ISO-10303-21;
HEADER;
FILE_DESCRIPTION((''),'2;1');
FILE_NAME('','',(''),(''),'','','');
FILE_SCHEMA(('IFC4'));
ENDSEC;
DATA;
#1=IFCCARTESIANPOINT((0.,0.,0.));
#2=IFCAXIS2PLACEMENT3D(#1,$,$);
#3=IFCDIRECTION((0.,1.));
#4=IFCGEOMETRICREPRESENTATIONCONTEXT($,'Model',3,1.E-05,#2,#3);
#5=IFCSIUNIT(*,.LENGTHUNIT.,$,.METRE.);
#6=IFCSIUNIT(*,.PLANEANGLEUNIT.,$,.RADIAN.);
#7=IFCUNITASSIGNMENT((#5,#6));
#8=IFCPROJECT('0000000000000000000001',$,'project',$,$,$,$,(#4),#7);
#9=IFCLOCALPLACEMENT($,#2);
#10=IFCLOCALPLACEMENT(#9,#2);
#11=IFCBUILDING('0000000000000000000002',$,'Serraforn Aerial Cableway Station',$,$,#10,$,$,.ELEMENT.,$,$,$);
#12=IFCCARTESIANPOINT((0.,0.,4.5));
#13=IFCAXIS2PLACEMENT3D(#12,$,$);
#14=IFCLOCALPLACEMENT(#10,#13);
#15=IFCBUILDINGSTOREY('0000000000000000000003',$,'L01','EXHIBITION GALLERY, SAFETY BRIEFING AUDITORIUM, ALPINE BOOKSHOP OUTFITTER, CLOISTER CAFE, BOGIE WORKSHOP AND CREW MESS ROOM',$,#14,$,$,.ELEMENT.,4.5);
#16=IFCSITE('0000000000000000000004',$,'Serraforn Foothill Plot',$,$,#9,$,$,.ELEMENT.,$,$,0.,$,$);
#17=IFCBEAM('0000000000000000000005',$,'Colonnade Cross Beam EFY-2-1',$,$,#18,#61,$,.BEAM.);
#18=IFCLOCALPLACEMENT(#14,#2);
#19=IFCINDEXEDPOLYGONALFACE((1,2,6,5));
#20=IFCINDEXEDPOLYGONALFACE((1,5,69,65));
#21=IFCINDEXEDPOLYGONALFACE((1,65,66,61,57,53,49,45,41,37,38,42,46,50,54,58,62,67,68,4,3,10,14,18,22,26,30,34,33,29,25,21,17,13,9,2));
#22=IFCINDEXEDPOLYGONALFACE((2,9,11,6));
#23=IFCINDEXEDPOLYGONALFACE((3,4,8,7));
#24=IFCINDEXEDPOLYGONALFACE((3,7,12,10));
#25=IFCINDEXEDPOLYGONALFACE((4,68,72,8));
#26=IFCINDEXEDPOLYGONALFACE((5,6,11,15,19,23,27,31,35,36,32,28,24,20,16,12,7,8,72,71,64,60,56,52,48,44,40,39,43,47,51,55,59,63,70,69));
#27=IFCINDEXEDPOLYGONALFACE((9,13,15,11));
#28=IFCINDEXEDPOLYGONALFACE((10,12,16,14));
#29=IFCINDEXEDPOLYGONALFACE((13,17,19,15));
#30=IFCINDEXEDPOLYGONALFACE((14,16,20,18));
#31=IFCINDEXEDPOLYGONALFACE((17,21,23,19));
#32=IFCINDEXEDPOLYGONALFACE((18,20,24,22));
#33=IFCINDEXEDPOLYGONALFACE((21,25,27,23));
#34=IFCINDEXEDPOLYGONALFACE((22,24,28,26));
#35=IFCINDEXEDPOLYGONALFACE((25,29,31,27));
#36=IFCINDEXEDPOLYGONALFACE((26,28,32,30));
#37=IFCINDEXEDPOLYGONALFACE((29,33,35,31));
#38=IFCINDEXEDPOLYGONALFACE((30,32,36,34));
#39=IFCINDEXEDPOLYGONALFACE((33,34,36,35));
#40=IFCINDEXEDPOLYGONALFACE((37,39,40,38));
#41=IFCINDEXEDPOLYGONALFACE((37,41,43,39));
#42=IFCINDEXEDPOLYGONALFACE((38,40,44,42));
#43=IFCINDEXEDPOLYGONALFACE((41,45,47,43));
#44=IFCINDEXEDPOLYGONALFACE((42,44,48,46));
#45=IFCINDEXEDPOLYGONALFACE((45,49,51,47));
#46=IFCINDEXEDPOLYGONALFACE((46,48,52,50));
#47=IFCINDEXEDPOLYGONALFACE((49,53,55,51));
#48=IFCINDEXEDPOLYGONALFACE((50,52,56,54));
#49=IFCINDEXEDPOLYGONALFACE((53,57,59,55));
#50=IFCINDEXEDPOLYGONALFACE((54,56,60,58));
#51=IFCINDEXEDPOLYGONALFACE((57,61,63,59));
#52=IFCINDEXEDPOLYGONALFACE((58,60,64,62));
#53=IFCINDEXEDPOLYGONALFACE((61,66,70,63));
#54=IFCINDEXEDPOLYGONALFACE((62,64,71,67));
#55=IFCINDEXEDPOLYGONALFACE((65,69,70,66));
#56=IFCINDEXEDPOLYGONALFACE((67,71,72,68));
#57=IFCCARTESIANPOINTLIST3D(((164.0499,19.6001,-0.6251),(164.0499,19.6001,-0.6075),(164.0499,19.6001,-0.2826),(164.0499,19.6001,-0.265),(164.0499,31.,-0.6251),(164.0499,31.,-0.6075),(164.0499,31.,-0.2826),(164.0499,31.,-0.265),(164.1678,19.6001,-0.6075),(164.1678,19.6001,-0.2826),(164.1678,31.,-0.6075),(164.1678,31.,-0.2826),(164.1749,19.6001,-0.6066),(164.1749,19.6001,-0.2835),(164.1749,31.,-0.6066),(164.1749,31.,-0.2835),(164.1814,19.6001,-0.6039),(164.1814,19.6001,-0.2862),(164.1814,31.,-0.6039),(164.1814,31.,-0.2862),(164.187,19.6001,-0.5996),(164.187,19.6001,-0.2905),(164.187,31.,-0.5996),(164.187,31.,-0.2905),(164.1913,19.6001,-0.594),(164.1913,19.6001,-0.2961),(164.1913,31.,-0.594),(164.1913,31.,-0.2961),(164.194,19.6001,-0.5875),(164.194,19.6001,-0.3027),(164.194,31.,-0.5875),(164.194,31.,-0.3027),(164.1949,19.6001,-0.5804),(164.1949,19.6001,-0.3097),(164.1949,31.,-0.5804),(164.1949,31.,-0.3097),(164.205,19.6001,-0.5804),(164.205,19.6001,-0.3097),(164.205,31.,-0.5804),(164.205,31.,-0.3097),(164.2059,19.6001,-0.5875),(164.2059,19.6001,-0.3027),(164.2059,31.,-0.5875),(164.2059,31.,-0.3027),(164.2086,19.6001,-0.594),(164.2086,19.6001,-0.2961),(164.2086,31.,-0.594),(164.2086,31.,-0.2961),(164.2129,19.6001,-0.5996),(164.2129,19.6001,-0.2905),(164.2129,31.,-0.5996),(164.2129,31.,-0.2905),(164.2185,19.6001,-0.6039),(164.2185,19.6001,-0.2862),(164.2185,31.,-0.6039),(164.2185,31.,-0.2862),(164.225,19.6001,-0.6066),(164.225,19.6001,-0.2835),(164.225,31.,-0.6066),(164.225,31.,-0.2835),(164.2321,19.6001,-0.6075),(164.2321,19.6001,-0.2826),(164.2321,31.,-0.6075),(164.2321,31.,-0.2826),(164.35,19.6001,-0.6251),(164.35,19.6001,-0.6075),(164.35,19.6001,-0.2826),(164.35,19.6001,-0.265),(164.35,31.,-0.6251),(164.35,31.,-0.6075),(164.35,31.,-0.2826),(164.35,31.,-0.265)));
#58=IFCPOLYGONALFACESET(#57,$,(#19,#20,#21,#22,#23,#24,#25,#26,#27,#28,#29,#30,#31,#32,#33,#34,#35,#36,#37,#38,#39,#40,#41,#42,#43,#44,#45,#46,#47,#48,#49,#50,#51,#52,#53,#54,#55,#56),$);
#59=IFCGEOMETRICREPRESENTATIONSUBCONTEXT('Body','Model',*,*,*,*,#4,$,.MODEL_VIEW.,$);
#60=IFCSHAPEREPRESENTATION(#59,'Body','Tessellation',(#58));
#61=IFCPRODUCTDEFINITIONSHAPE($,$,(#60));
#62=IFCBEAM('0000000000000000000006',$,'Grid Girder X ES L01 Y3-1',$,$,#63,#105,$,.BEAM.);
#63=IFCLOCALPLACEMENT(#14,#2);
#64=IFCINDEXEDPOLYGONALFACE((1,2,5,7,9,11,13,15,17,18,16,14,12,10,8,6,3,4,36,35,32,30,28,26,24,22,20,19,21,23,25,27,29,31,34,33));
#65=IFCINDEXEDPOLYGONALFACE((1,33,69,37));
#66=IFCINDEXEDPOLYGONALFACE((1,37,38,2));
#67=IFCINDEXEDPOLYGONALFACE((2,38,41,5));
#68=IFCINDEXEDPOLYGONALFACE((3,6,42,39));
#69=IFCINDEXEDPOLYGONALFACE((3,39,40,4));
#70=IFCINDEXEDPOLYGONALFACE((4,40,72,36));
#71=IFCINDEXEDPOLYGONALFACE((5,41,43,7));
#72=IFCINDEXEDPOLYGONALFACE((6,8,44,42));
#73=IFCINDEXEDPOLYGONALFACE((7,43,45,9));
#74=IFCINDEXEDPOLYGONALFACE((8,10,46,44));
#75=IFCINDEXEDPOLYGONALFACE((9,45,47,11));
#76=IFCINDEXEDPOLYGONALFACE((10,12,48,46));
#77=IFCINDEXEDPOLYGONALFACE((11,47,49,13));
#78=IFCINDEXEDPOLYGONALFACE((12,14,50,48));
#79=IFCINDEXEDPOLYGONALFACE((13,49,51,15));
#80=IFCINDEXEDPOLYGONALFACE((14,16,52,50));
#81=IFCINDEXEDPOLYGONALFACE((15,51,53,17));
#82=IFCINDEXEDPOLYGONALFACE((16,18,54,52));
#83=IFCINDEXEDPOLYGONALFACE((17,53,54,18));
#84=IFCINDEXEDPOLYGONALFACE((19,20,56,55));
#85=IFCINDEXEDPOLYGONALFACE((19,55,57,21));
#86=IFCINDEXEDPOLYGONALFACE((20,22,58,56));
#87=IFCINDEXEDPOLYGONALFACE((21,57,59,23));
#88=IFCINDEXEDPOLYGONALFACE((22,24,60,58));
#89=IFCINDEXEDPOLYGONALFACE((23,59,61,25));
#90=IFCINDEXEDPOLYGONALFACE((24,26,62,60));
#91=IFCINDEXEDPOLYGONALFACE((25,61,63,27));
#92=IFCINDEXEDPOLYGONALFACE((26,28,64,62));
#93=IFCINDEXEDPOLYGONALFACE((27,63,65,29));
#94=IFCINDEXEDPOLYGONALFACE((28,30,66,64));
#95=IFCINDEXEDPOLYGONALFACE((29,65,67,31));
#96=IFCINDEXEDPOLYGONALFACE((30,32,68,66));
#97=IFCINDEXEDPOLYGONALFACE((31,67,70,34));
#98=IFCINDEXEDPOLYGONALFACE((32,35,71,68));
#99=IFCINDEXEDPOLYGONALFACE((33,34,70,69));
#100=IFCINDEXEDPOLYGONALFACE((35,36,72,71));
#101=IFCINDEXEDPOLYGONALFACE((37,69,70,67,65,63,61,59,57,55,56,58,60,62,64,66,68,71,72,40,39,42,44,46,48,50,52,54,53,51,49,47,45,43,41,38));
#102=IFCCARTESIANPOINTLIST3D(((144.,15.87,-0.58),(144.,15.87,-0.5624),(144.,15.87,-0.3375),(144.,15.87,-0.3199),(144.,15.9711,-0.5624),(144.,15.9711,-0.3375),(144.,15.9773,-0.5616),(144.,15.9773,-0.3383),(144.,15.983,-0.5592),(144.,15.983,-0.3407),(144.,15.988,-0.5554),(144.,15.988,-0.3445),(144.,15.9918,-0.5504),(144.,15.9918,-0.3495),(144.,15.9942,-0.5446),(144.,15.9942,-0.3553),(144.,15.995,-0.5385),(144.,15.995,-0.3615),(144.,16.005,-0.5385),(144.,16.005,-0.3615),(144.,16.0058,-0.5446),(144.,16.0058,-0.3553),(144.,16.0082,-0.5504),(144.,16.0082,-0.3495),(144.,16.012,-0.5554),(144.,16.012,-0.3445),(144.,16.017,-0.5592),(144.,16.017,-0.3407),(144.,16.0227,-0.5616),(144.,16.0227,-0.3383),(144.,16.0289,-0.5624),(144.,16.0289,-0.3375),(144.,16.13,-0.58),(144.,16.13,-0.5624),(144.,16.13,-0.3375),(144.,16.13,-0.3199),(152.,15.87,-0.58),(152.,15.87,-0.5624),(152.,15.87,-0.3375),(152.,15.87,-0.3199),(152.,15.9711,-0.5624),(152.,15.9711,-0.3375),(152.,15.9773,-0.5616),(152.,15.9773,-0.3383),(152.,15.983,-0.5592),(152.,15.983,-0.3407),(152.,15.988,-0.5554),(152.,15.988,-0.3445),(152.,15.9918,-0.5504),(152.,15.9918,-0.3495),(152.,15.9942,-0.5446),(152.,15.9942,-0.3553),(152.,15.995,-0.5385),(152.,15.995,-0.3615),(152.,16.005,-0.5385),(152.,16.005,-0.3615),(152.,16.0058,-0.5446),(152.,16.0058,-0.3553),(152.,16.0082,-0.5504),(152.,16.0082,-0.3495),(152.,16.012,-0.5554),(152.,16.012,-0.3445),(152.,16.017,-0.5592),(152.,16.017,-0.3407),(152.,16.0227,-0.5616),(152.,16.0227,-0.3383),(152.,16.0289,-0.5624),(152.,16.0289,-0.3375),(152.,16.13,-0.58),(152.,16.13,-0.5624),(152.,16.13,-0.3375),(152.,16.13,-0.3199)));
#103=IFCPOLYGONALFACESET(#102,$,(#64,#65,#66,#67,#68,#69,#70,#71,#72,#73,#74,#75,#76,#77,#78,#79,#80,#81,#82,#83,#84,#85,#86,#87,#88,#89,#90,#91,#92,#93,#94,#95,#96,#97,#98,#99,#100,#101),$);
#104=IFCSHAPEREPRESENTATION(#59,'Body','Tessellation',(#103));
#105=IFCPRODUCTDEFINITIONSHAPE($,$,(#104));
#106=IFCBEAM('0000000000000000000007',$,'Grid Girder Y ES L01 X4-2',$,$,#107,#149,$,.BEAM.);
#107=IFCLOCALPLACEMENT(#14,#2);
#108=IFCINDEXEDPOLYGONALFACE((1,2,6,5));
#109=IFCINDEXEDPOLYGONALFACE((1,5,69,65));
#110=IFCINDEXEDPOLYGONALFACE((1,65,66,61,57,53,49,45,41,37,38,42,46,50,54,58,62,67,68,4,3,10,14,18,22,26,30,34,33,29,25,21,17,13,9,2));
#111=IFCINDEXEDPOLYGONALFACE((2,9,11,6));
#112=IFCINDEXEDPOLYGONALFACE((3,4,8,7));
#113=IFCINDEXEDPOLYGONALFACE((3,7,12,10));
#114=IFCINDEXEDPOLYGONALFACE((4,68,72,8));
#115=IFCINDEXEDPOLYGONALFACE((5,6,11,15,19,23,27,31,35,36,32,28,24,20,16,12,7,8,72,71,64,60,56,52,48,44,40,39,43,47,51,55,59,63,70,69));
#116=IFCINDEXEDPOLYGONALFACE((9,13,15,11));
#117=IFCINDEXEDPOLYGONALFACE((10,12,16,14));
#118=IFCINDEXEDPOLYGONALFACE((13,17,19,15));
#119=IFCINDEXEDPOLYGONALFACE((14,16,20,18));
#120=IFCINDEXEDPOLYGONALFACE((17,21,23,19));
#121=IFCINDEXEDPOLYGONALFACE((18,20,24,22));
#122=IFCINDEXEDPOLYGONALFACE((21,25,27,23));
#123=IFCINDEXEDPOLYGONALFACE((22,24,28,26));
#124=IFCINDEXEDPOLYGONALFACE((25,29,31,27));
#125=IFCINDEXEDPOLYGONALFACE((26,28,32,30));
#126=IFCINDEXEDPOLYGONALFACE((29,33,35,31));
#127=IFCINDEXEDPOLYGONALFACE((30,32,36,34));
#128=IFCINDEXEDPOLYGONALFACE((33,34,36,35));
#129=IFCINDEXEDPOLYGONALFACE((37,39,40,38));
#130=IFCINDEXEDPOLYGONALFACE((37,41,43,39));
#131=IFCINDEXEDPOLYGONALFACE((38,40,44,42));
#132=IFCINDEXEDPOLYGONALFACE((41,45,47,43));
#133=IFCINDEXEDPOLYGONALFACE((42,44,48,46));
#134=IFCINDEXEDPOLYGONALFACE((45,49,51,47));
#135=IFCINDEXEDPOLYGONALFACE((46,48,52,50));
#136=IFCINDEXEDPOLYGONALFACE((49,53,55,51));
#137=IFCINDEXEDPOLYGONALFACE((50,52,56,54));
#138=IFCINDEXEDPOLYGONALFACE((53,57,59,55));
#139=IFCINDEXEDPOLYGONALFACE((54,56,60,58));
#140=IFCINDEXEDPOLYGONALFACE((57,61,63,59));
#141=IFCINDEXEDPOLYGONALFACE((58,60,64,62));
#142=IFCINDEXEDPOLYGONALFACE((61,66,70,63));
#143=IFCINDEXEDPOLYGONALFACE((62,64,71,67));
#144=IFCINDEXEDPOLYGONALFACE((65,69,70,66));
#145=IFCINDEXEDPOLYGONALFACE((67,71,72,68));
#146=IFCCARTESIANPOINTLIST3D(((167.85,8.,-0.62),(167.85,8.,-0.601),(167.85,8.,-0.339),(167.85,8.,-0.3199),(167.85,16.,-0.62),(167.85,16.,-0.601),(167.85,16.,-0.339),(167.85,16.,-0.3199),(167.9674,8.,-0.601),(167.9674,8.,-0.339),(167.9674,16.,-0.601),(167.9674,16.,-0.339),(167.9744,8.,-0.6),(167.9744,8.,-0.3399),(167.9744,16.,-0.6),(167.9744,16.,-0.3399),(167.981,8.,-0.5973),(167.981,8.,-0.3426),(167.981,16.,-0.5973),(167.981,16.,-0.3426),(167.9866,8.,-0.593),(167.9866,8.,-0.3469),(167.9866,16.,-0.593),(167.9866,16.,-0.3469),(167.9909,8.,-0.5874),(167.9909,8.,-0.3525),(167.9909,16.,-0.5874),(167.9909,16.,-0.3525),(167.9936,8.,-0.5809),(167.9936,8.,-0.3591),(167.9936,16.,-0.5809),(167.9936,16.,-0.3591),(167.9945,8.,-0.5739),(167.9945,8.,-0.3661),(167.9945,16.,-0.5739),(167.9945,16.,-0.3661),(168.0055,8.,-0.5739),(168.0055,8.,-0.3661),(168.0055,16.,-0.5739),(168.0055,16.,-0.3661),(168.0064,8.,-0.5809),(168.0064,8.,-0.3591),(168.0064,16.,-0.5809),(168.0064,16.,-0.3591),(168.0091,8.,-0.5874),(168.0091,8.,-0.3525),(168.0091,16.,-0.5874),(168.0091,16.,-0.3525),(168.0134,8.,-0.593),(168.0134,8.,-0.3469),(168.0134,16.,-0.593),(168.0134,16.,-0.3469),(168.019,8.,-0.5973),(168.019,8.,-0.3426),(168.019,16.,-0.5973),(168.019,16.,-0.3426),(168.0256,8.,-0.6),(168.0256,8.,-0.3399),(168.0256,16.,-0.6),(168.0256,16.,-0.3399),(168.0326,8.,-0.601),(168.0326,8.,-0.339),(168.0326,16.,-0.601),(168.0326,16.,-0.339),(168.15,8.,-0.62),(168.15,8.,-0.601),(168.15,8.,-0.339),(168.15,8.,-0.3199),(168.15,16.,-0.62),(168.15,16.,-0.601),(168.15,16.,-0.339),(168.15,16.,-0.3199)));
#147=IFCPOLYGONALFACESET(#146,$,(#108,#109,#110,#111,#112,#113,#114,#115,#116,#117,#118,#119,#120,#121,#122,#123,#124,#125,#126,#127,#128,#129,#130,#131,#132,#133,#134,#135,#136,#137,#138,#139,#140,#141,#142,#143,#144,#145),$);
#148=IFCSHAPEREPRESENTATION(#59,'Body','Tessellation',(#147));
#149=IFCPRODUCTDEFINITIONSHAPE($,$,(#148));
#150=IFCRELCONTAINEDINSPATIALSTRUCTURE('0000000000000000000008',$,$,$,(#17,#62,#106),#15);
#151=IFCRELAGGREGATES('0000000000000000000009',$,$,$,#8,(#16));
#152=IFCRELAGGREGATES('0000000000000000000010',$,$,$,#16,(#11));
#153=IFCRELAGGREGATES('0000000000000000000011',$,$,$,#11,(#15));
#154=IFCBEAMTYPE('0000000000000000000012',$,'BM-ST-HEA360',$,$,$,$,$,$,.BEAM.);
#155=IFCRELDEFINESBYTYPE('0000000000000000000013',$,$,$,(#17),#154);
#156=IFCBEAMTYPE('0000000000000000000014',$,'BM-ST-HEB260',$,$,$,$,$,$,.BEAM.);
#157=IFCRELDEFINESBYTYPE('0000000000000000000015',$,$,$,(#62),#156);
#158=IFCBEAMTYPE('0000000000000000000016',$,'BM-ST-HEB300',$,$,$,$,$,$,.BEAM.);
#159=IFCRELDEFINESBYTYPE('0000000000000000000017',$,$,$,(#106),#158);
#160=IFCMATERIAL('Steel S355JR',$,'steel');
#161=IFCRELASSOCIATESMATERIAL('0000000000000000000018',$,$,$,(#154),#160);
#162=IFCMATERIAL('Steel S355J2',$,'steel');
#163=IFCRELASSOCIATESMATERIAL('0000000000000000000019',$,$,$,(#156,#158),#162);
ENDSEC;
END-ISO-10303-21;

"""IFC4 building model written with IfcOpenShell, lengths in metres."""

from ifc_helpers import new_model, si_unit, direction, frame, origin, origin_2d, place, context, subcontext, project, spatial, i_section, extrude, material, material_profile, profile_set, type_object, element, save


model = new_model("IFC4")

# Units and contexts
model_context = context("Model", 3, precision=1e-05, world=origin(), true_north=direction((0.0, 1.0)))
body_context = subcontext(model_context, "Body", "Model", "MODEL_VIEW")
ifc_project = project(units=[si_unit("LENGTHUNIT", "METRE"), si_unit("PLANEANGLEUNIT", "RADIAN")], contexts=[model_context])

# Site, building, storey
site_placement = place(None, origin())
site = spatial("IfcSite", under=ifc_project, at=site_placement, Name="Serraforn Foothill Plot", CompositionType="ELEMENT", RefElevation=0.0)
building_placement = place(site_placement, origin())
building = spatial("IfcBuilding", under=site, at=building_placement, Name="Serraforn Aerial Cableway Station", CompositionType="ELEMENT")
storey_placement = place(building_placement, frame((0.0, 0.0, 4.5)))
storey = spatial("IfcBuildingStorey", under=building, at=storey_placement, Name="L01", Description="EXHIBITION GALLERY, SAFETY BRIEFING AUDITORIUM, ALPINE BOOKSHOP OUTFITTER, CLOISTER CAFE, BOGIE WORKSHOP AND CREW MESS ROOM", CompositionType="ELEMENT", Elevation=4.5)

# Shared definitions
ifc_material_1 = material(Name="Steel S355J2", Category="steel")

# Beams
ifc_material_2 = material(Name="Steel S355JR", Category="steel")
ifc_material_profile_1 = material_profile(ifc_material_2, i_section(OverallWidth=0.3, OverallDepth=0.3601, WebThickness=0.01, FlangeThickness=0.0176, FilletRadius=0.0271, at=origin_2d()), Name="HEA 360")
ifc_profile_set_1 = profile_set([ifc_material_profile_1], Name="Steel S355JR")
beam_type_1 = type_object("IfcBeamType", Name="BM-ST-HEA360", PredefinedType="BEAM", material=ifc_profile_set_1)
for number, where, z_axis, x_axis, name in (
    (1, (164.2, 19.6001, -0.4451), (0.0, 1.0, 0.0), (-1.0, 0.0, 0.0), "Colonnade Cross Beam EFY-2-1"),
):
    element("IfcBeam", number, at=place(storey_placement, frame(where, z_axis=z_axis, x_axis=x_axis)), inside=storey, type_object=beam_type_1, Name=name, PredefinedType="BEAM", context=body_context, shape_type="SweptSolid", body=[
        extrude(i_section(OverallWidth=0.3, OverallDepth=0.3601, WebThickness=0.01, FlangeThickness=0.0176, FilletRadius=0.0271, at=origin_2d()), origin(), (0.0, 0.0, 1.0), 11.3999),
    ])
ifc_material_profile_2 = material_profile(ifc_material_1, i_section(OverallWidth=0.26, OverallDepth=0.26, WebThickness=0.01, FlangeThickness=0.0176, FilletRadius=0.0239, at=origin_2d()), Name="HEB 260")
ifc_profile_set_2 = profile_set([ifc_material_profile_2], Name="Steel S355J2")
beam_type_2 = type_object("IfcBeamType", Name="BM-ST-HEB260", PredefinedType="BEAM", material=ifc_profile_set_2)
beam_1_placement = place(storey_placement, frame((144.0, 16.0, -0.45), z_axis=(1.0, 0.0, 0.0), x_axis=(0.0, 1.0, 0.0)))
element("IfcBeam", 2, at=beam_1_placement, inside=storey, type_object=beam_type_2, Name="Grid Girder X ES L01 Y3-1", PredefinedType="BEAM", context=body_context, shape_type="SweptSolid", body=[
    extrude(i_section(OverallWidth=0.26, OverallDepth=0.26, WebThickness=0.01, FlangeThickness=0.0176, FilletRadius=0.0239, at=origin_2d()), origin(), (0.0, 0.0, 1.0), 8.0),
])
ifc_material_profile_3 = material_profile(ifc_material_1, i_section(OverallWidth=0.3, OverallDepth=0.3, WebThickness=0.011, FlangeThickness=0.019, FilletRadius=0.0271, at=origin_2d()), Name="HEB 300")
ifc_profile_set_3 = profile_set([ifc_material_profile_3], Name="Steel S355J2")
beam_type_3 = type_object("IfcBeamType", Name="BM-ST-HEB300", PredefinedType="BEAM", material=ifc_profile_set_3)
beam_2_placement = place(storey_placement, frame((168.0, 8.0, -0.47), z_axis=(0.0, 1.0, 0.0), x_axis=(-1.0, 0.0, 0.0)))
element("IfcBeam", 3, at=beam_2_placement, inside=storey, type_object=beam_type_3, Name="Grid Girder Y ES L01 X4-2", PredefinedType="BEAM", context=body_context, shape_type="SweptSolid", body=[
    extrude(i_section(OverallWidth=0.3, OverallDepth=0.3, WebThickness=0.011, FlangeThickness=0.019, FilletRadius=0.0271, at=origin_2d()), origin(), (0.0, 0.0, 1.0), 8.0),
])

save(model, "model.ifc")
